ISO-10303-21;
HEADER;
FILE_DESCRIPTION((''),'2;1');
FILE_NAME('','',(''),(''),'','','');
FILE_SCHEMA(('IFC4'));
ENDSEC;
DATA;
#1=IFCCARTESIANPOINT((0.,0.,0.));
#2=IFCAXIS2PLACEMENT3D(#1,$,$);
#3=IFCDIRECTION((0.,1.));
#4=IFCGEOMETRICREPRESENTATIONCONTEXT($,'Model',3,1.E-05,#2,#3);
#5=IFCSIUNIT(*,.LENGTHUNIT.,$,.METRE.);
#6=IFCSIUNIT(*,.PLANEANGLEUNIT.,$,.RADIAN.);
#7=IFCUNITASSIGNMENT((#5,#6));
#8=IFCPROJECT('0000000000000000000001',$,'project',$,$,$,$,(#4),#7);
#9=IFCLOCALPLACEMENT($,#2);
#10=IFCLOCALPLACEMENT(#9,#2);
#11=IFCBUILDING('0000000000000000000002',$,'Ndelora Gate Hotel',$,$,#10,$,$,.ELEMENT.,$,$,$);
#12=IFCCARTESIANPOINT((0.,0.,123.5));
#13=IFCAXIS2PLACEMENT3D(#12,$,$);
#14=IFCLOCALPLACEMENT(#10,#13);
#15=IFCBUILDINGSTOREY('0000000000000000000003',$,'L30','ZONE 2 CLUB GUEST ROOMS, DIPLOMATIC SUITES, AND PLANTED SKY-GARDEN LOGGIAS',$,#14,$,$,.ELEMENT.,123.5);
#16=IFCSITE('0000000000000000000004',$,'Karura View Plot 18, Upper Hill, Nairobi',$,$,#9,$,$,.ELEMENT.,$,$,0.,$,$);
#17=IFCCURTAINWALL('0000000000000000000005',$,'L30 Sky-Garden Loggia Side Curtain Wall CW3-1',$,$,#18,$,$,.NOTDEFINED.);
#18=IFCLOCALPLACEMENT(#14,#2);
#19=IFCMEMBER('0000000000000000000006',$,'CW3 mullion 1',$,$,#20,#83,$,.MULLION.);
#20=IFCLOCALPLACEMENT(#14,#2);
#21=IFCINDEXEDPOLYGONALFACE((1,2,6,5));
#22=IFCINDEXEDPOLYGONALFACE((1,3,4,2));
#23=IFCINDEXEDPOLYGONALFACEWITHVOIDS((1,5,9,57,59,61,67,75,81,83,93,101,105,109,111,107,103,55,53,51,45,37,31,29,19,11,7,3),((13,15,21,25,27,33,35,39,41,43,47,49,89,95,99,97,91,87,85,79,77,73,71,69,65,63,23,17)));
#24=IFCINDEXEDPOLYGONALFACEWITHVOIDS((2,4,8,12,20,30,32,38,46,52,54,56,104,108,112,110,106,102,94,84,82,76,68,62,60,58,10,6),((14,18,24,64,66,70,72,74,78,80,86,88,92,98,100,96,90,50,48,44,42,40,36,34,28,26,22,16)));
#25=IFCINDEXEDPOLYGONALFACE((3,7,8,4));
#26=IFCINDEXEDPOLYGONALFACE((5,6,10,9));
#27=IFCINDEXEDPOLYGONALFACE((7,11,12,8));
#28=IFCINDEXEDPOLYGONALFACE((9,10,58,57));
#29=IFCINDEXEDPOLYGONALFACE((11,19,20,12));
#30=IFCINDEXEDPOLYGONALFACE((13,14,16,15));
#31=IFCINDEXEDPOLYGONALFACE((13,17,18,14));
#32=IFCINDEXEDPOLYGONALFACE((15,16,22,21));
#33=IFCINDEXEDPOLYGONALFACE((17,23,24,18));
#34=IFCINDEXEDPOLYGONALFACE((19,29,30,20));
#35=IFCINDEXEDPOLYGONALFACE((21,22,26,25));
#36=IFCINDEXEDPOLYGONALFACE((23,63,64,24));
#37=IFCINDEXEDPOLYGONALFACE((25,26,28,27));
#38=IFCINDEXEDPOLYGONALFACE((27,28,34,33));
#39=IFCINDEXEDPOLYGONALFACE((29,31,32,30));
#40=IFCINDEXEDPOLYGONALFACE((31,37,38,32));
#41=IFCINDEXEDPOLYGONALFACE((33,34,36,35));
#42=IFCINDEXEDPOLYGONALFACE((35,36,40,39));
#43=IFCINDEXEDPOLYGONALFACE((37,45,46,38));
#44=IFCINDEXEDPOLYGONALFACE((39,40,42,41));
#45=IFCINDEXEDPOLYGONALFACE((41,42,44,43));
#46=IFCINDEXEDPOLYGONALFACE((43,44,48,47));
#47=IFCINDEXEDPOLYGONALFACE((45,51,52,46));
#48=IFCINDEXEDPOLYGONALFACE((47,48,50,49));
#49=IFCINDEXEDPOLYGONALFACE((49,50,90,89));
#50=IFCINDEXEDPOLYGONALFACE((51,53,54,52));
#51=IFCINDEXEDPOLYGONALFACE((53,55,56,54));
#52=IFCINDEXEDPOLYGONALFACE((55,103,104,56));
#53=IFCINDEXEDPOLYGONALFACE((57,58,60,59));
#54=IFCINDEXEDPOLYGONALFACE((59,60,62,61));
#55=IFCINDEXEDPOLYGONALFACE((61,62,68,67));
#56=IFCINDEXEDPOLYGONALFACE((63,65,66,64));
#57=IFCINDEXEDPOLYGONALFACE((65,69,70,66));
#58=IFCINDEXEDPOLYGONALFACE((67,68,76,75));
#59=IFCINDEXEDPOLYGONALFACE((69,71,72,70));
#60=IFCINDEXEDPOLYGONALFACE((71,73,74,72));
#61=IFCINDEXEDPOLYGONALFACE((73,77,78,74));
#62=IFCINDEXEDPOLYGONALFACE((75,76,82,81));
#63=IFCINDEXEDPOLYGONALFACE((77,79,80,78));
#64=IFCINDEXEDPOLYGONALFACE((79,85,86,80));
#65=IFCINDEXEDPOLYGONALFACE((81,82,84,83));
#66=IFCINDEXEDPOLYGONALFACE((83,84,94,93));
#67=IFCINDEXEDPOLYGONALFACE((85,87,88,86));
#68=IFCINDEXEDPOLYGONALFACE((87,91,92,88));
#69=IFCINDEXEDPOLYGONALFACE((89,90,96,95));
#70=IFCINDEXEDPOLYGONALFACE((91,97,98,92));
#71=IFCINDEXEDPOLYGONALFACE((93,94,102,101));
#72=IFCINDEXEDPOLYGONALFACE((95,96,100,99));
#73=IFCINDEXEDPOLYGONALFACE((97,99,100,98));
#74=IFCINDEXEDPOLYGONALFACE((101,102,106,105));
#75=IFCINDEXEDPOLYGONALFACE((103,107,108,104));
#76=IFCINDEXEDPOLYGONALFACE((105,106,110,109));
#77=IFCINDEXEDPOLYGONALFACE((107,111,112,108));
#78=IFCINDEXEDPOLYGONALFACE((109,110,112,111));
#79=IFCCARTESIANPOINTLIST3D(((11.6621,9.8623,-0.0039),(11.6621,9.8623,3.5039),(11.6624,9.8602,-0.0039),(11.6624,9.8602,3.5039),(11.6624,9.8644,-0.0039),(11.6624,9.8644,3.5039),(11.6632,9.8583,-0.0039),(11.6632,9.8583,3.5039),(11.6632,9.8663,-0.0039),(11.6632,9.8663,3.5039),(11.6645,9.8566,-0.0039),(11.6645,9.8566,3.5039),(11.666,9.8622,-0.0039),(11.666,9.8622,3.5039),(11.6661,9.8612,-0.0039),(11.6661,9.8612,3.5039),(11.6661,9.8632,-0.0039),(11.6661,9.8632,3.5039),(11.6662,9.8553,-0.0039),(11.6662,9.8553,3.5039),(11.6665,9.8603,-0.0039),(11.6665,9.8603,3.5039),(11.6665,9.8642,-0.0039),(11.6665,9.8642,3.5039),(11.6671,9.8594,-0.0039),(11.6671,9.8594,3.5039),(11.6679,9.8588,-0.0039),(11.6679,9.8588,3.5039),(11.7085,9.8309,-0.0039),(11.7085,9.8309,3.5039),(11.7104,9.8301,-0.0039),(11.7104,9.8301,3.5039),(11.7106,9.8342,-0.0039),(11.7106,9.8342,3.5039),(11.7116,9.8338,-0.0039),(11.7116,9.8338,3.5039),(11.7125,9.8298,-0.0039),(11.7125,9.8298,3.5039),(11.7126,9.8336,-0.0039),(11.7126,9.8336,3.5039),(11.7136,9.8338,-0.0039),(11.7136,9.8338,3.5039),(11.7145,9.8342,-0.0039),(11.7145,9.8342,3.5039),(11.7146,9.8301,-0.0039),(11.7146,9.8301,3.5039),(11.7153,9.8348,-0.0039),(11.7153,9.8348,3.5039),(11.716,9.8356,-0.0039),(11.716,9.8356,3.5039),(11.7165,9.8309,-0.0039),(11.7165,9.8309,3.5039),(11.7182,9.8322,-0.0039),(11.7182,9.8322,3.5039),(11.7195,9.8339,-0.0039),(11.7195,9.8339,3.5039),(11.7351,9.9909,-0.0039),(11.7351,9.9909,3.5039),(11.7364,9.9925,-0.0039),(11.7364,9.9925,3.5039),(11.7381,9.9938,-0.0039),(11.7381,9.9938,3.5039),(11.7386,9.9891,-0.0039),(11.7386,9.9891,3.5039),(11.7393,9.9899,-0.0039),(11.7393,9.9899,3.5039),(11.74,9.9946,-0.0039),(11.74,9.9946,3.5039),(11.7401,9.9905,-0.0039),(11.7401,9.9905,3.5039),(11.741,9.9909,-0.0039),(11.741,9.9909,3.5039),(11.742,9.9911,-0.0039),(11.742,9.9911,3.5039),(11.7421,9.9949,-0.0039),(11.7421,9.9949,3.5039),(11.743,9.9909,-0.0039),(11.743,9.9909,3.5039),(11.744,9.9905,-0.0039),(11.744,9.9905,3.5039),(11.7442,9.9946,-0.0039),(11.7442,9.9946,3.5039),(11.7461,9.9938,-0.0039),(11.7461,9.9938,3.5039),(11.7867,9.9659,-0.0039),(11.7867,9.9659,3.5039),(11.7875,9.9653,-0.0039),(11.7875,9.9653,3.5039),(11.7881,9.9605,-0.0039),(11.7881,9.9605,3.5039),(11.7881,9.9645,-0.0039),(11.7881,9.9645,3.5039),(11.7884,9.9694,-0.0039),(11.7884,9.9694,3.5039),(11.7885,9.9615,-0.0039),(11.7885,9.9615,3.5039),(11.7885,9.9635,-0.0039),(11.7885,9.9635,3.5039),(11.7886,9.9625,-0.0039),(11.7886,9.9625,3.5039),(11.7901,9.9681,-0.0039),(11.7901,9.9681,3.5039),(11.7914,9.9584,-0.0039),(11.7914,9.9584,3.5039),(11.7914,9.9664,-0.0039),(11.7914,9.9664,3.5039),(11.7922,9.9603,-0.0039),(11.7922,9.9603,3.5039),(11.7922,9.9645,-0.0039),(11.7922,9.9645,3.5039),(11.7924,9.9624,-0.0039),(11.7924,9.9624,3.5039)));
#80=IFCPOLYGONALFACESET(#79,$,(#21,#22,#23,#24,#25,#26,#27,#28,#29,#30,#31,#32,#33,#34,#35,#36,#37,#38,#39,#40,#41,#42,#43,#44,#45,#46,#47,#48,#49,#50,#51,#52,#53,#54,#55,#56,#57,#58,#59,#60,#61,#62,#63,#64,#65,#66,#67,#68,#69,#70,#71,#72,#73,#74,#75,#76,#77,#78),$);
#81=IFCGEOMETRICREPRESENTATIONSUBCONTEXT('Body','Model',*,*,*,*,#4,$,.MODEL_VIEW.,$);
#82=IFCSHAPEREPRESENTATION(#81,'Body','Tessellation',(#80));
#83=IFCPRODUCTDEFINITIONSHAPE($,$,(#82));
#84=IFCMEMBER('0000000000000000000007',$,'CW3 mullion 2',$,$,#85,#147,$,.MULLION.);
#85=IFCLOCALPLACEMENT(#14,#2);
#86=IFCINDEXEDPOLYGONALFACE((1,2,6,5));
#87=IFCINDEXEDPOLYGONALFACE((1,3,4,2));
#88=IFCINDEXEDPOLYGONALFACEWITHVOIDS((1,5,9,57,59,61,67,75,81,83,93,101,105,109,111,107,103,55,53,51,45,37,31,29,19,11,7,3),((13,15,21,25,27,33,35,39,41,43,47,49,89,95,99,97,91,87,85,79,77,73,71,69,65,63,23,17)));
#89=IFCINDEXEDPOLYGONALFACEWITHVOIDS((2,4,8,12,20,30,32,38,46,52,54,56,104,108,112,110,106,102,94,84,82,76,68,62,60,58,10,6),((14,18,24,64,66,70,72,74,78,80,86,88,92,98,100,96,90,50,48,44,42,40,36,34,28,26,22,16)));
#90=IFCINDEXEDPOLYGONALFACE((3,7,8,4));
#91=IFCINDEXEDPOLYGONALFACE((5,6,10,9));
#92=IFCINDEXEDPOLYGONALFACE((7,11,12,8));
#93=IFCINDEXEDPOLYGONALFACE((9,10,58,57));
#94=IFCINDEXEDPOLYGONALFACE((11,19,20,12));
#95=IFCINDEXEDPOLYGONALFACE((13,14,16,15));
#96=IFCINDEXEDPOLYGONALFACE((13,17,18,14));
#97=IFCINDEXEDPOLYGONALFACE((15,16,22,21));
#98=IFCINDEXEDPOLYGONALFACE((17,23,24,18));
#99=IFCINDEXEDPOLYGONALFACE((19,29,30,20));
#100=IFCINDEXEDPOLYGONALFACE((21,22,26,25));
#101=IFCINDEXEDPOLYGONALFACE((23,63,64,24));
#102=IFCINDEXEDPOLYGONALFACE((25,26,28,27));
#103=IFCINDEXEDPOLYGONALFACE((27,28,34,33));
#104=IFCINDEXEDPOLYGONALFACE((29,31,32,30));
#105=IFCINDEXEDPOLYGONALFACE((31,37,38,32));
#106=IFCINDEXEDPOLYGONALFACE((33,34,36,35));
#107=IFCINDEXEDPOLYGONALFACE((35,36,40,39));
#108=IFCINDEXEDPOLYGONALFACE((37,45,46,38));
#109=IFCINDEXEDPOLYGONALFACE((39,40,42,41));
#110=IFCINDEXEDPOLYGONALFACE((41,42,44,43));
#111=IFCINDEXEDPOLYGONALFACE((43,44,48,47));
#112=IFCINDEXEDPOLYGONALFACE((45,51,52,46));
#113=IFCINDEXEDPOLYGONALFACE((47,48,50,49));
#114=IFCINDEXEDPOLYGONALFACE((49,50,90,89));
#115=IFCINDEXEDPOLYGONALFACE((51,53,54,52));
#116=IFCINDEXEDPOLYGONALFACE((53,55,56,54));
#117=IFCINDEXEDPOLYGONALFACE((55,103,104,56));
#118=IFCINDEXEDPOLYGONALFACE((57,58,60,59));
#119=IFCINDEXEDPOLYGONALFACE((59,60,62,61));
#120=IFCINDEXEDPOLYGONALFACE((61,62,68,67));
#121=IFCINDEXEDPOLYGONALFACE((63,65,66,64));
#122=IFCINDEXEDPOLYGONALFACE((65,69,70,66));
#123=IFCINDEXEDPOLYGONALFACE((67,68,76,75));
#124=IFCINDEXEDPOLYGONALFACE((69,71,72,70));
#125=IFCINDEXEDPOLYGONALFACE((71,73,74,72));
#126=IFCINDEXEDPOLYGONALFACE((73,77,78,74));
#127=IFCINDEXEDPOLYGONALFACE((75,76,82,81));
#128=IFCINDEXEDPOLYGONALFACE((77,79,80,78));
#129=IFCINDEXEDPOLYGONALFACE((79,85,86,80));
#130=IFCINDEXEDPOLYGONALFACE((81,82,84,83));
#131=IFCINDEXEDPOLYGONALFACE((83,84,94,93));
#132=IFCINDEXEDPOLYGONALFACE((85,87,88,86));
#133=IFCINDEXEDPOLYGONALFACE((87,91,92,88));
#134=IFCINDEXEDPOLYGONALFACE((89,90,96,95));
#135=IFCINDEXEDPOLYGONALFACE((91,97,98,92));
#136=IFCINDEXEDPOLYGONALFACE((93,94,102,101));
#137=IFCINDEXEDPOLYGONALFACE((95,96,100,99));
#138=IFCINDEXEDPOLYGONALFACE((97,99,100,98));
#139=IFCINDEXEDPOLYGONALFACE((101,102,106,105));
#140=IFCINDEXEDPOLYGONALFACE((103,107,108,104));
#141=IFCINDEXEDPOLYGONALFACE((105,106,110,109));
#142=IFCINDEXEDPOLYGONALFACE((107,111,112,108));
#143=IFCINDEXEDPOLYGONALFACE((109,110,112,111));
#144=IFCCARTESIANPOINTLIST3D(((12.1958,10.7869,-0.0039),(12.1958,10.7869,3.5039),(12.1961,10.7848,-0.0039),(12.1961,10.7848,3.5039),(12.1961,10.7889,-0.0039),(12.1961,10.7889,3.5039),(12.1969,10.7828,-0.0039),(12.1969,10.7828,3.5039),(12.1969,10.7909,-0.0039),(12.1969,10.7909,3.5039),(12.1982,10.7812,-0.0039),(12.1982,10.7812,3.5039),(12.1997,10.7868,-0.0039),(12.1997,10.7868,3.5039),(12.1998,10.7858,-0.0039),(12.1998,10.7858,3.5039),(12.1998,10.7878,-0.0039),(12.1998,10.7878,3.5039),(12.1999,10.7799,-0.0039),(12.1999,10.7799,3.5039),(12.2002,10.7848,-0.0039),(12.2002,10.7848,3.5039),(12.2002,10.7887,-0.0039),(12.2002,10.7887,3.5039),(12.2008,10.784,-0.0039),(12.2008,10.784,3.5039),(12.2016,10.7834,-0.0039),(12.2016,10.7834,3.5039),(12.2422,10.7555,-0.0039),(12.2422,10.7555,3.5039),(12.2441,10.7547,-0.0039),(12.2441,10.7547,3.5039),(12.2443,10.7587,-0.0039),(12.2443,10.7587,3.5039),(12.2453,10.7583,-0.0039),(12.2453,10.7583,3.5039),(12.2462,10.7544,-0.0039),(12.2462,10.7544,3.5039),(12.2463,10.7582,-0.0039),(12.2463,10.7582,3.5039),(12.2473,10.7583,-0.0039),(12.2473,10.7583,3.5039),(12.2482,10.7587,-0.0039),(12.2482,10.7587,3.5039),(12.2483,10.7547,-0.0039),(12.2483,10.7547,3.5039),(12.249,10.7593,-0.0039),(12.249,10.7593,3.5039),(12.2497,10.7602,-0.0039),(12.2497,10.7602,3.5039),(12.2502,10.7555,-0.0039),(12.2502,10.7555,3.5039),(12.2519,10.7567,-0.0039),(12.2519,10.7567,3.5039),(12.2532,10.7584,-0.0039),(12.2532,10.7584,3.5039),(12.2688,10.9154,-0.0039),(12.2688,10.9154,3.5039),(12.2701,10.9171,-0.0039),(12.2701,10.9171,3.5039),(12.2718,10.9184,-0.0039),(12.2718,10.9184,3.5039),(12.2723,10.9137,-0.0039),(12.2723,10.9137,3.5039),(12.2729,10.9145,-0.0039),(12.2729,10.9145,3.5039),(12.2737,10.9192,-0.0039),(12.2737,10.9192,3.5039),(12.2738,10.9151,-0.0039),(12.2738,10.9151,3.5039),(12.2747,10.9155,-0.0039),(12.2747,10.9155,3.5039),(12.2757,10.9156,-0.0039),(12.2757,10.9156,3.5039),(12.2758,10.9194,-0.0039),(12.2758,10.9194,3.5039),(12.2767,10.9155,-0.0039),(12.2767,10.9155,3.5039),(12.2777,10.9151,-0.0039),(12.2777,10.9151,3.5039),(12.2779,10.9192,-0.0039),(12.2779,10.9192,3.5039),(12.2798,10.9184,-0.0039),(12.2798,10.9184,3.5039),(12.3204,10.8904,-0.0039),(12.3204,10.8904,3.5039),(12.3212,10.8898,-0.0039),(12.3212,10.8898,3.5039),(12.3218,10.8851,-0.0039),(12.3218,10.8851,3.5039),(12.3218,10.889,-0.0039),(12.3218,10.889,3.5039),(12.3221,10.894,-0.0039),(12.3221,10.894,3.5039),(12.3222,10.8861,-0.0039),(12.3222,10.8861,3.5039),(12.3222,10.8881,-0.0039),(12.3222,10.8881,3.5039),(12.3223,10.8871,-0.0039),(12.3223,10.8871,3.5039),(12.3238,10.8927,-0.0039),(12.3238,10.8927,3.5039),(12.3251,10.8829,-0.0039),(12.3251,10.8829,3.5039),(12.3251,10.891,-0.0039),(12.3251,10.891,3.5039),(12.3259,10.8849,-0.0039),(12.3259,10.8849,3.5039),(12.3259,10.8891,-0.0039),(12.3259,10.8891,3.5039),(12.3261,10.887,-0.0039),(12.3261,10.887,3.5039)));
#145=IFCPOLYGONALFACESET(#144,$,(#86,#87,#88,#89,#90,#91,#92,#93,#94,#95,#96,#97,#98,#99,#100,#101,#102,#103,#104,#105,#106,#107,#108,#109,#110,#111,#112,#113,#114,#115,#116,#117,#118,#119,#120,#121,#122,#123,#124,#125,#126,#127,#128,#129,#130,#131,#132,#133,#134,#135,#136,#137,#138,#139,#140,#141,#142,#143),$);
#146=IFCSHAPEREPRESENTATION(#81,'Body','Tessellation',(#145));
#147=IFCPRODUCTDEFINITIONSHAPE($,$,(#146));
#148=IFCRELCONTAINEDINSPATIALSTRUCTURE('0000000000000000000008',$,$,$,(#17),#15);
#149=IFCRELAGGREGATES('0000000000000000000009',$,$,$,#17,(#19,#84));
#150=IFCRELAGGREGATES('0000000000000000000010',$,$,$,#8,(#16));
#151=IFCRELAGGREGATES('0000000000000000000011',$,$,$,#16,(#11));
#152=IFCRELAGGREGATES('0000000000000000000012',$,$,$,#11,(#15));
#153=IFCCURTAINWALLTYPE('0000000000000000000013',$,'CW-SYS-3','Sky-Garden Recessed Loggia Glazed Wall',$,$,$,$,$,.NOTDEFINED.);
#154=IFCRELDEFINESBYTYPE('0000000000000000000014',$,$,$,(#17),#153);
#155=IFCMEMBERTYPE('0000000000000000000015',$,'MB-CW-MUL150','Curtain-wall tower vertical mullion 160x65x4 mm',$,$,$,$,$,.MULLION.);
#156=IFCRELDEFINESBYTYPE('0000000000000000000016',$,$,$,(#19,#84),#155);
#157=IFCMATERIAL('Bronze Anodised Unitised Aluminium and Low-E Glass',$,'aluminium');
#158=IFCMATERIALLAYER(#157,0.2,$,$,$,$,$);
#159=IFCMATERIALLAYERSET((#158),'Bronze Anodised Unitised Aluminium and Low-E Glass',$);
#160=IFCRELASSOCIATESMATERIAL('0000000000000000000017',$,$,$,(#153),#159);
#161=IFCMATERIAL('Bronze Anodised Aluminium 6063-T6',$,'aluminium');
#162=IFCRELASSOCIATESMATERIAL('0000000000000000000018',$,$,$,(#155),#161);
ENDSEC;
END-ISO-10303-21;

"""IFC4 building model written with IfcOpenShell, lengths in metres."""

from ifc_helpers import new_model, si_unit, direction, frame, origin, origin_2d, place, context, subcontext, project, spatial, hollow_rectangle, extrude, material, layer, layer_set, material_profile, profile_set, type_object, element, aggregate, save


model = new_model("IFC4")

# Units and contexts
model_context = context("Model", 3, precision=1e-05, world=origin(), true_north=direction((0.0, 1.0)))
body_context = subcontext(model_context, "Body", "Model", "MODEL_VIEW")
ifc_project = project(units=[si_unit("LENGTHUNIT", "METRE"), si_unit("PLANEANGLEUNIT", "RADIAN")], contexts=[model_context])

# Site, building, storey
site_placement = place(None, origin())
site = spatial("IfcSite", under=ifc_project, at=site_placement, Name="Karura View Plot 18, Upper Hill, Nairobi", CompositionType="ELEMENT", RefElevation=0.0)
building_placement = place(site_placement, origin())
building = spatial("IfcBuilding", under=site, at=building_placement, Name="Ndelora Gate Hotel", CompositionType="ELEMENT")
storey_placement = place(building_placement, frame((0.0, 0.0, 123.5)))
storey = spatial("IfcBuildingStorey", under=building, at=storey_placement, Name="L30", Description="ZONE 2 CLUB GUEST ROOMS, DIPLOMATIC SUITES, AND PLANTED SKY-GARDEN LOGGIAS", CompositionType="ELEMENT", Elevation=123.5)

# Curtain wall, members
ifc_material_1 = material(Name="Bronze Anodised Unitised Aluminium and Low-E Glass", Category="aluminium")
ifc_layer_1 = layer(ifc_material_1, 0.2)
ifc_layer_set_1 = layer_set([ifc_layer_1], Name="Bronze Anodised Unitised Aluminium and Low-E Glass")
curtain_wall_type = type_object("IfcCurtainWallType", Name="CW-SYS-3", Description="Sky-Garden Recessed Loggia Glazed Wall", PredefinedType="NOTDEFINED", material=ifc_layer_set_1)
curtain_wall_placement = place(storey_placement, origin())
curtain_wall = element("IfcCurtainWall", 1, at=curtain_wall_placement, inside=storey, type_object=curtain_wall_type, Name="L30 Sky-Garden Loggia Side Curtain Wall CW3-1", PredefinedType="NOTDEFINED")
ifc_material_2 = material(Name="Bronze Anodised Aluminium 6063-T6", Category="aluminium")
ifc_material_profile_1 = material_profile(ifc_material_2, hollow_rectangle(XDim=0.0649, YDim=0.1599, WallThickness=0.0039, InnerFilletRadius=0.0039, OuterFilletRadius=0.0081, at=origin_2d()), Name="ALU 160x65x4")
ifc_profile_set_1 = profile_set([ifc_material_profile_1], Name="Bronze Anodised Aluminium 6063-T6")
member_type_1 = type_object("IfcMemberType", Name="MB-CW-MUL150", Description="Curtain-wall tower vertical mullion 160x65x4 mm", PredefinedType="MULLION", material=ifc_profile_set_1)
member_1_placement = place(storey_placement, frame((11.7273, 9.9124, -0.0039), z_axis=(0.0, 0.0, 1.0), x_axis=(-0.866019, 0.500011, 0.0)))
member_1 = element("IfcMember", 2, at=member_1_placement, type_object=member_type_1, Name="CW3 mullion 1", PredefinedType="MULLION", context=body_context, shape_type="SweptSolid", body=[
    extrude(hollow_rectangle(XDim=0.0649, YDim=0.1599, WallThickness=0.0039, InnerFilletRadius=0.0039, OuterFilletRadius=0.0081, at=origin_2d()), origin(), (0.0, 0.0, 1.0), 3.5078),
])
member_2_placement = place(storey_placement, frame((12.261, 10.8369, -0.0039), z_axis=(0.0, 0.0, 1.0), x_axis=(-0.866019, 0.500011, 0.0)))
member_2 = element("IfcMember", 3, at=member_2_placement, type_object=member_type_1, Name="CW3 mullion 2", PredefinedType="MULLION", context=body_context, shape_type="SweptSolid", body=[
    extrude(hollow_rectangle(XDim=0.0649, YDim=0.1599, WallThickness=0.0039, InnerFilletRadius=0.0039, OuterFilletRadius=0.0081, at=origin_2d()), origin(), (0.0, 0.0, 1.0), 3.5078),
])
aggregate(curtain_wall, [member_1, member_2])

save(model, "model.ifc")
